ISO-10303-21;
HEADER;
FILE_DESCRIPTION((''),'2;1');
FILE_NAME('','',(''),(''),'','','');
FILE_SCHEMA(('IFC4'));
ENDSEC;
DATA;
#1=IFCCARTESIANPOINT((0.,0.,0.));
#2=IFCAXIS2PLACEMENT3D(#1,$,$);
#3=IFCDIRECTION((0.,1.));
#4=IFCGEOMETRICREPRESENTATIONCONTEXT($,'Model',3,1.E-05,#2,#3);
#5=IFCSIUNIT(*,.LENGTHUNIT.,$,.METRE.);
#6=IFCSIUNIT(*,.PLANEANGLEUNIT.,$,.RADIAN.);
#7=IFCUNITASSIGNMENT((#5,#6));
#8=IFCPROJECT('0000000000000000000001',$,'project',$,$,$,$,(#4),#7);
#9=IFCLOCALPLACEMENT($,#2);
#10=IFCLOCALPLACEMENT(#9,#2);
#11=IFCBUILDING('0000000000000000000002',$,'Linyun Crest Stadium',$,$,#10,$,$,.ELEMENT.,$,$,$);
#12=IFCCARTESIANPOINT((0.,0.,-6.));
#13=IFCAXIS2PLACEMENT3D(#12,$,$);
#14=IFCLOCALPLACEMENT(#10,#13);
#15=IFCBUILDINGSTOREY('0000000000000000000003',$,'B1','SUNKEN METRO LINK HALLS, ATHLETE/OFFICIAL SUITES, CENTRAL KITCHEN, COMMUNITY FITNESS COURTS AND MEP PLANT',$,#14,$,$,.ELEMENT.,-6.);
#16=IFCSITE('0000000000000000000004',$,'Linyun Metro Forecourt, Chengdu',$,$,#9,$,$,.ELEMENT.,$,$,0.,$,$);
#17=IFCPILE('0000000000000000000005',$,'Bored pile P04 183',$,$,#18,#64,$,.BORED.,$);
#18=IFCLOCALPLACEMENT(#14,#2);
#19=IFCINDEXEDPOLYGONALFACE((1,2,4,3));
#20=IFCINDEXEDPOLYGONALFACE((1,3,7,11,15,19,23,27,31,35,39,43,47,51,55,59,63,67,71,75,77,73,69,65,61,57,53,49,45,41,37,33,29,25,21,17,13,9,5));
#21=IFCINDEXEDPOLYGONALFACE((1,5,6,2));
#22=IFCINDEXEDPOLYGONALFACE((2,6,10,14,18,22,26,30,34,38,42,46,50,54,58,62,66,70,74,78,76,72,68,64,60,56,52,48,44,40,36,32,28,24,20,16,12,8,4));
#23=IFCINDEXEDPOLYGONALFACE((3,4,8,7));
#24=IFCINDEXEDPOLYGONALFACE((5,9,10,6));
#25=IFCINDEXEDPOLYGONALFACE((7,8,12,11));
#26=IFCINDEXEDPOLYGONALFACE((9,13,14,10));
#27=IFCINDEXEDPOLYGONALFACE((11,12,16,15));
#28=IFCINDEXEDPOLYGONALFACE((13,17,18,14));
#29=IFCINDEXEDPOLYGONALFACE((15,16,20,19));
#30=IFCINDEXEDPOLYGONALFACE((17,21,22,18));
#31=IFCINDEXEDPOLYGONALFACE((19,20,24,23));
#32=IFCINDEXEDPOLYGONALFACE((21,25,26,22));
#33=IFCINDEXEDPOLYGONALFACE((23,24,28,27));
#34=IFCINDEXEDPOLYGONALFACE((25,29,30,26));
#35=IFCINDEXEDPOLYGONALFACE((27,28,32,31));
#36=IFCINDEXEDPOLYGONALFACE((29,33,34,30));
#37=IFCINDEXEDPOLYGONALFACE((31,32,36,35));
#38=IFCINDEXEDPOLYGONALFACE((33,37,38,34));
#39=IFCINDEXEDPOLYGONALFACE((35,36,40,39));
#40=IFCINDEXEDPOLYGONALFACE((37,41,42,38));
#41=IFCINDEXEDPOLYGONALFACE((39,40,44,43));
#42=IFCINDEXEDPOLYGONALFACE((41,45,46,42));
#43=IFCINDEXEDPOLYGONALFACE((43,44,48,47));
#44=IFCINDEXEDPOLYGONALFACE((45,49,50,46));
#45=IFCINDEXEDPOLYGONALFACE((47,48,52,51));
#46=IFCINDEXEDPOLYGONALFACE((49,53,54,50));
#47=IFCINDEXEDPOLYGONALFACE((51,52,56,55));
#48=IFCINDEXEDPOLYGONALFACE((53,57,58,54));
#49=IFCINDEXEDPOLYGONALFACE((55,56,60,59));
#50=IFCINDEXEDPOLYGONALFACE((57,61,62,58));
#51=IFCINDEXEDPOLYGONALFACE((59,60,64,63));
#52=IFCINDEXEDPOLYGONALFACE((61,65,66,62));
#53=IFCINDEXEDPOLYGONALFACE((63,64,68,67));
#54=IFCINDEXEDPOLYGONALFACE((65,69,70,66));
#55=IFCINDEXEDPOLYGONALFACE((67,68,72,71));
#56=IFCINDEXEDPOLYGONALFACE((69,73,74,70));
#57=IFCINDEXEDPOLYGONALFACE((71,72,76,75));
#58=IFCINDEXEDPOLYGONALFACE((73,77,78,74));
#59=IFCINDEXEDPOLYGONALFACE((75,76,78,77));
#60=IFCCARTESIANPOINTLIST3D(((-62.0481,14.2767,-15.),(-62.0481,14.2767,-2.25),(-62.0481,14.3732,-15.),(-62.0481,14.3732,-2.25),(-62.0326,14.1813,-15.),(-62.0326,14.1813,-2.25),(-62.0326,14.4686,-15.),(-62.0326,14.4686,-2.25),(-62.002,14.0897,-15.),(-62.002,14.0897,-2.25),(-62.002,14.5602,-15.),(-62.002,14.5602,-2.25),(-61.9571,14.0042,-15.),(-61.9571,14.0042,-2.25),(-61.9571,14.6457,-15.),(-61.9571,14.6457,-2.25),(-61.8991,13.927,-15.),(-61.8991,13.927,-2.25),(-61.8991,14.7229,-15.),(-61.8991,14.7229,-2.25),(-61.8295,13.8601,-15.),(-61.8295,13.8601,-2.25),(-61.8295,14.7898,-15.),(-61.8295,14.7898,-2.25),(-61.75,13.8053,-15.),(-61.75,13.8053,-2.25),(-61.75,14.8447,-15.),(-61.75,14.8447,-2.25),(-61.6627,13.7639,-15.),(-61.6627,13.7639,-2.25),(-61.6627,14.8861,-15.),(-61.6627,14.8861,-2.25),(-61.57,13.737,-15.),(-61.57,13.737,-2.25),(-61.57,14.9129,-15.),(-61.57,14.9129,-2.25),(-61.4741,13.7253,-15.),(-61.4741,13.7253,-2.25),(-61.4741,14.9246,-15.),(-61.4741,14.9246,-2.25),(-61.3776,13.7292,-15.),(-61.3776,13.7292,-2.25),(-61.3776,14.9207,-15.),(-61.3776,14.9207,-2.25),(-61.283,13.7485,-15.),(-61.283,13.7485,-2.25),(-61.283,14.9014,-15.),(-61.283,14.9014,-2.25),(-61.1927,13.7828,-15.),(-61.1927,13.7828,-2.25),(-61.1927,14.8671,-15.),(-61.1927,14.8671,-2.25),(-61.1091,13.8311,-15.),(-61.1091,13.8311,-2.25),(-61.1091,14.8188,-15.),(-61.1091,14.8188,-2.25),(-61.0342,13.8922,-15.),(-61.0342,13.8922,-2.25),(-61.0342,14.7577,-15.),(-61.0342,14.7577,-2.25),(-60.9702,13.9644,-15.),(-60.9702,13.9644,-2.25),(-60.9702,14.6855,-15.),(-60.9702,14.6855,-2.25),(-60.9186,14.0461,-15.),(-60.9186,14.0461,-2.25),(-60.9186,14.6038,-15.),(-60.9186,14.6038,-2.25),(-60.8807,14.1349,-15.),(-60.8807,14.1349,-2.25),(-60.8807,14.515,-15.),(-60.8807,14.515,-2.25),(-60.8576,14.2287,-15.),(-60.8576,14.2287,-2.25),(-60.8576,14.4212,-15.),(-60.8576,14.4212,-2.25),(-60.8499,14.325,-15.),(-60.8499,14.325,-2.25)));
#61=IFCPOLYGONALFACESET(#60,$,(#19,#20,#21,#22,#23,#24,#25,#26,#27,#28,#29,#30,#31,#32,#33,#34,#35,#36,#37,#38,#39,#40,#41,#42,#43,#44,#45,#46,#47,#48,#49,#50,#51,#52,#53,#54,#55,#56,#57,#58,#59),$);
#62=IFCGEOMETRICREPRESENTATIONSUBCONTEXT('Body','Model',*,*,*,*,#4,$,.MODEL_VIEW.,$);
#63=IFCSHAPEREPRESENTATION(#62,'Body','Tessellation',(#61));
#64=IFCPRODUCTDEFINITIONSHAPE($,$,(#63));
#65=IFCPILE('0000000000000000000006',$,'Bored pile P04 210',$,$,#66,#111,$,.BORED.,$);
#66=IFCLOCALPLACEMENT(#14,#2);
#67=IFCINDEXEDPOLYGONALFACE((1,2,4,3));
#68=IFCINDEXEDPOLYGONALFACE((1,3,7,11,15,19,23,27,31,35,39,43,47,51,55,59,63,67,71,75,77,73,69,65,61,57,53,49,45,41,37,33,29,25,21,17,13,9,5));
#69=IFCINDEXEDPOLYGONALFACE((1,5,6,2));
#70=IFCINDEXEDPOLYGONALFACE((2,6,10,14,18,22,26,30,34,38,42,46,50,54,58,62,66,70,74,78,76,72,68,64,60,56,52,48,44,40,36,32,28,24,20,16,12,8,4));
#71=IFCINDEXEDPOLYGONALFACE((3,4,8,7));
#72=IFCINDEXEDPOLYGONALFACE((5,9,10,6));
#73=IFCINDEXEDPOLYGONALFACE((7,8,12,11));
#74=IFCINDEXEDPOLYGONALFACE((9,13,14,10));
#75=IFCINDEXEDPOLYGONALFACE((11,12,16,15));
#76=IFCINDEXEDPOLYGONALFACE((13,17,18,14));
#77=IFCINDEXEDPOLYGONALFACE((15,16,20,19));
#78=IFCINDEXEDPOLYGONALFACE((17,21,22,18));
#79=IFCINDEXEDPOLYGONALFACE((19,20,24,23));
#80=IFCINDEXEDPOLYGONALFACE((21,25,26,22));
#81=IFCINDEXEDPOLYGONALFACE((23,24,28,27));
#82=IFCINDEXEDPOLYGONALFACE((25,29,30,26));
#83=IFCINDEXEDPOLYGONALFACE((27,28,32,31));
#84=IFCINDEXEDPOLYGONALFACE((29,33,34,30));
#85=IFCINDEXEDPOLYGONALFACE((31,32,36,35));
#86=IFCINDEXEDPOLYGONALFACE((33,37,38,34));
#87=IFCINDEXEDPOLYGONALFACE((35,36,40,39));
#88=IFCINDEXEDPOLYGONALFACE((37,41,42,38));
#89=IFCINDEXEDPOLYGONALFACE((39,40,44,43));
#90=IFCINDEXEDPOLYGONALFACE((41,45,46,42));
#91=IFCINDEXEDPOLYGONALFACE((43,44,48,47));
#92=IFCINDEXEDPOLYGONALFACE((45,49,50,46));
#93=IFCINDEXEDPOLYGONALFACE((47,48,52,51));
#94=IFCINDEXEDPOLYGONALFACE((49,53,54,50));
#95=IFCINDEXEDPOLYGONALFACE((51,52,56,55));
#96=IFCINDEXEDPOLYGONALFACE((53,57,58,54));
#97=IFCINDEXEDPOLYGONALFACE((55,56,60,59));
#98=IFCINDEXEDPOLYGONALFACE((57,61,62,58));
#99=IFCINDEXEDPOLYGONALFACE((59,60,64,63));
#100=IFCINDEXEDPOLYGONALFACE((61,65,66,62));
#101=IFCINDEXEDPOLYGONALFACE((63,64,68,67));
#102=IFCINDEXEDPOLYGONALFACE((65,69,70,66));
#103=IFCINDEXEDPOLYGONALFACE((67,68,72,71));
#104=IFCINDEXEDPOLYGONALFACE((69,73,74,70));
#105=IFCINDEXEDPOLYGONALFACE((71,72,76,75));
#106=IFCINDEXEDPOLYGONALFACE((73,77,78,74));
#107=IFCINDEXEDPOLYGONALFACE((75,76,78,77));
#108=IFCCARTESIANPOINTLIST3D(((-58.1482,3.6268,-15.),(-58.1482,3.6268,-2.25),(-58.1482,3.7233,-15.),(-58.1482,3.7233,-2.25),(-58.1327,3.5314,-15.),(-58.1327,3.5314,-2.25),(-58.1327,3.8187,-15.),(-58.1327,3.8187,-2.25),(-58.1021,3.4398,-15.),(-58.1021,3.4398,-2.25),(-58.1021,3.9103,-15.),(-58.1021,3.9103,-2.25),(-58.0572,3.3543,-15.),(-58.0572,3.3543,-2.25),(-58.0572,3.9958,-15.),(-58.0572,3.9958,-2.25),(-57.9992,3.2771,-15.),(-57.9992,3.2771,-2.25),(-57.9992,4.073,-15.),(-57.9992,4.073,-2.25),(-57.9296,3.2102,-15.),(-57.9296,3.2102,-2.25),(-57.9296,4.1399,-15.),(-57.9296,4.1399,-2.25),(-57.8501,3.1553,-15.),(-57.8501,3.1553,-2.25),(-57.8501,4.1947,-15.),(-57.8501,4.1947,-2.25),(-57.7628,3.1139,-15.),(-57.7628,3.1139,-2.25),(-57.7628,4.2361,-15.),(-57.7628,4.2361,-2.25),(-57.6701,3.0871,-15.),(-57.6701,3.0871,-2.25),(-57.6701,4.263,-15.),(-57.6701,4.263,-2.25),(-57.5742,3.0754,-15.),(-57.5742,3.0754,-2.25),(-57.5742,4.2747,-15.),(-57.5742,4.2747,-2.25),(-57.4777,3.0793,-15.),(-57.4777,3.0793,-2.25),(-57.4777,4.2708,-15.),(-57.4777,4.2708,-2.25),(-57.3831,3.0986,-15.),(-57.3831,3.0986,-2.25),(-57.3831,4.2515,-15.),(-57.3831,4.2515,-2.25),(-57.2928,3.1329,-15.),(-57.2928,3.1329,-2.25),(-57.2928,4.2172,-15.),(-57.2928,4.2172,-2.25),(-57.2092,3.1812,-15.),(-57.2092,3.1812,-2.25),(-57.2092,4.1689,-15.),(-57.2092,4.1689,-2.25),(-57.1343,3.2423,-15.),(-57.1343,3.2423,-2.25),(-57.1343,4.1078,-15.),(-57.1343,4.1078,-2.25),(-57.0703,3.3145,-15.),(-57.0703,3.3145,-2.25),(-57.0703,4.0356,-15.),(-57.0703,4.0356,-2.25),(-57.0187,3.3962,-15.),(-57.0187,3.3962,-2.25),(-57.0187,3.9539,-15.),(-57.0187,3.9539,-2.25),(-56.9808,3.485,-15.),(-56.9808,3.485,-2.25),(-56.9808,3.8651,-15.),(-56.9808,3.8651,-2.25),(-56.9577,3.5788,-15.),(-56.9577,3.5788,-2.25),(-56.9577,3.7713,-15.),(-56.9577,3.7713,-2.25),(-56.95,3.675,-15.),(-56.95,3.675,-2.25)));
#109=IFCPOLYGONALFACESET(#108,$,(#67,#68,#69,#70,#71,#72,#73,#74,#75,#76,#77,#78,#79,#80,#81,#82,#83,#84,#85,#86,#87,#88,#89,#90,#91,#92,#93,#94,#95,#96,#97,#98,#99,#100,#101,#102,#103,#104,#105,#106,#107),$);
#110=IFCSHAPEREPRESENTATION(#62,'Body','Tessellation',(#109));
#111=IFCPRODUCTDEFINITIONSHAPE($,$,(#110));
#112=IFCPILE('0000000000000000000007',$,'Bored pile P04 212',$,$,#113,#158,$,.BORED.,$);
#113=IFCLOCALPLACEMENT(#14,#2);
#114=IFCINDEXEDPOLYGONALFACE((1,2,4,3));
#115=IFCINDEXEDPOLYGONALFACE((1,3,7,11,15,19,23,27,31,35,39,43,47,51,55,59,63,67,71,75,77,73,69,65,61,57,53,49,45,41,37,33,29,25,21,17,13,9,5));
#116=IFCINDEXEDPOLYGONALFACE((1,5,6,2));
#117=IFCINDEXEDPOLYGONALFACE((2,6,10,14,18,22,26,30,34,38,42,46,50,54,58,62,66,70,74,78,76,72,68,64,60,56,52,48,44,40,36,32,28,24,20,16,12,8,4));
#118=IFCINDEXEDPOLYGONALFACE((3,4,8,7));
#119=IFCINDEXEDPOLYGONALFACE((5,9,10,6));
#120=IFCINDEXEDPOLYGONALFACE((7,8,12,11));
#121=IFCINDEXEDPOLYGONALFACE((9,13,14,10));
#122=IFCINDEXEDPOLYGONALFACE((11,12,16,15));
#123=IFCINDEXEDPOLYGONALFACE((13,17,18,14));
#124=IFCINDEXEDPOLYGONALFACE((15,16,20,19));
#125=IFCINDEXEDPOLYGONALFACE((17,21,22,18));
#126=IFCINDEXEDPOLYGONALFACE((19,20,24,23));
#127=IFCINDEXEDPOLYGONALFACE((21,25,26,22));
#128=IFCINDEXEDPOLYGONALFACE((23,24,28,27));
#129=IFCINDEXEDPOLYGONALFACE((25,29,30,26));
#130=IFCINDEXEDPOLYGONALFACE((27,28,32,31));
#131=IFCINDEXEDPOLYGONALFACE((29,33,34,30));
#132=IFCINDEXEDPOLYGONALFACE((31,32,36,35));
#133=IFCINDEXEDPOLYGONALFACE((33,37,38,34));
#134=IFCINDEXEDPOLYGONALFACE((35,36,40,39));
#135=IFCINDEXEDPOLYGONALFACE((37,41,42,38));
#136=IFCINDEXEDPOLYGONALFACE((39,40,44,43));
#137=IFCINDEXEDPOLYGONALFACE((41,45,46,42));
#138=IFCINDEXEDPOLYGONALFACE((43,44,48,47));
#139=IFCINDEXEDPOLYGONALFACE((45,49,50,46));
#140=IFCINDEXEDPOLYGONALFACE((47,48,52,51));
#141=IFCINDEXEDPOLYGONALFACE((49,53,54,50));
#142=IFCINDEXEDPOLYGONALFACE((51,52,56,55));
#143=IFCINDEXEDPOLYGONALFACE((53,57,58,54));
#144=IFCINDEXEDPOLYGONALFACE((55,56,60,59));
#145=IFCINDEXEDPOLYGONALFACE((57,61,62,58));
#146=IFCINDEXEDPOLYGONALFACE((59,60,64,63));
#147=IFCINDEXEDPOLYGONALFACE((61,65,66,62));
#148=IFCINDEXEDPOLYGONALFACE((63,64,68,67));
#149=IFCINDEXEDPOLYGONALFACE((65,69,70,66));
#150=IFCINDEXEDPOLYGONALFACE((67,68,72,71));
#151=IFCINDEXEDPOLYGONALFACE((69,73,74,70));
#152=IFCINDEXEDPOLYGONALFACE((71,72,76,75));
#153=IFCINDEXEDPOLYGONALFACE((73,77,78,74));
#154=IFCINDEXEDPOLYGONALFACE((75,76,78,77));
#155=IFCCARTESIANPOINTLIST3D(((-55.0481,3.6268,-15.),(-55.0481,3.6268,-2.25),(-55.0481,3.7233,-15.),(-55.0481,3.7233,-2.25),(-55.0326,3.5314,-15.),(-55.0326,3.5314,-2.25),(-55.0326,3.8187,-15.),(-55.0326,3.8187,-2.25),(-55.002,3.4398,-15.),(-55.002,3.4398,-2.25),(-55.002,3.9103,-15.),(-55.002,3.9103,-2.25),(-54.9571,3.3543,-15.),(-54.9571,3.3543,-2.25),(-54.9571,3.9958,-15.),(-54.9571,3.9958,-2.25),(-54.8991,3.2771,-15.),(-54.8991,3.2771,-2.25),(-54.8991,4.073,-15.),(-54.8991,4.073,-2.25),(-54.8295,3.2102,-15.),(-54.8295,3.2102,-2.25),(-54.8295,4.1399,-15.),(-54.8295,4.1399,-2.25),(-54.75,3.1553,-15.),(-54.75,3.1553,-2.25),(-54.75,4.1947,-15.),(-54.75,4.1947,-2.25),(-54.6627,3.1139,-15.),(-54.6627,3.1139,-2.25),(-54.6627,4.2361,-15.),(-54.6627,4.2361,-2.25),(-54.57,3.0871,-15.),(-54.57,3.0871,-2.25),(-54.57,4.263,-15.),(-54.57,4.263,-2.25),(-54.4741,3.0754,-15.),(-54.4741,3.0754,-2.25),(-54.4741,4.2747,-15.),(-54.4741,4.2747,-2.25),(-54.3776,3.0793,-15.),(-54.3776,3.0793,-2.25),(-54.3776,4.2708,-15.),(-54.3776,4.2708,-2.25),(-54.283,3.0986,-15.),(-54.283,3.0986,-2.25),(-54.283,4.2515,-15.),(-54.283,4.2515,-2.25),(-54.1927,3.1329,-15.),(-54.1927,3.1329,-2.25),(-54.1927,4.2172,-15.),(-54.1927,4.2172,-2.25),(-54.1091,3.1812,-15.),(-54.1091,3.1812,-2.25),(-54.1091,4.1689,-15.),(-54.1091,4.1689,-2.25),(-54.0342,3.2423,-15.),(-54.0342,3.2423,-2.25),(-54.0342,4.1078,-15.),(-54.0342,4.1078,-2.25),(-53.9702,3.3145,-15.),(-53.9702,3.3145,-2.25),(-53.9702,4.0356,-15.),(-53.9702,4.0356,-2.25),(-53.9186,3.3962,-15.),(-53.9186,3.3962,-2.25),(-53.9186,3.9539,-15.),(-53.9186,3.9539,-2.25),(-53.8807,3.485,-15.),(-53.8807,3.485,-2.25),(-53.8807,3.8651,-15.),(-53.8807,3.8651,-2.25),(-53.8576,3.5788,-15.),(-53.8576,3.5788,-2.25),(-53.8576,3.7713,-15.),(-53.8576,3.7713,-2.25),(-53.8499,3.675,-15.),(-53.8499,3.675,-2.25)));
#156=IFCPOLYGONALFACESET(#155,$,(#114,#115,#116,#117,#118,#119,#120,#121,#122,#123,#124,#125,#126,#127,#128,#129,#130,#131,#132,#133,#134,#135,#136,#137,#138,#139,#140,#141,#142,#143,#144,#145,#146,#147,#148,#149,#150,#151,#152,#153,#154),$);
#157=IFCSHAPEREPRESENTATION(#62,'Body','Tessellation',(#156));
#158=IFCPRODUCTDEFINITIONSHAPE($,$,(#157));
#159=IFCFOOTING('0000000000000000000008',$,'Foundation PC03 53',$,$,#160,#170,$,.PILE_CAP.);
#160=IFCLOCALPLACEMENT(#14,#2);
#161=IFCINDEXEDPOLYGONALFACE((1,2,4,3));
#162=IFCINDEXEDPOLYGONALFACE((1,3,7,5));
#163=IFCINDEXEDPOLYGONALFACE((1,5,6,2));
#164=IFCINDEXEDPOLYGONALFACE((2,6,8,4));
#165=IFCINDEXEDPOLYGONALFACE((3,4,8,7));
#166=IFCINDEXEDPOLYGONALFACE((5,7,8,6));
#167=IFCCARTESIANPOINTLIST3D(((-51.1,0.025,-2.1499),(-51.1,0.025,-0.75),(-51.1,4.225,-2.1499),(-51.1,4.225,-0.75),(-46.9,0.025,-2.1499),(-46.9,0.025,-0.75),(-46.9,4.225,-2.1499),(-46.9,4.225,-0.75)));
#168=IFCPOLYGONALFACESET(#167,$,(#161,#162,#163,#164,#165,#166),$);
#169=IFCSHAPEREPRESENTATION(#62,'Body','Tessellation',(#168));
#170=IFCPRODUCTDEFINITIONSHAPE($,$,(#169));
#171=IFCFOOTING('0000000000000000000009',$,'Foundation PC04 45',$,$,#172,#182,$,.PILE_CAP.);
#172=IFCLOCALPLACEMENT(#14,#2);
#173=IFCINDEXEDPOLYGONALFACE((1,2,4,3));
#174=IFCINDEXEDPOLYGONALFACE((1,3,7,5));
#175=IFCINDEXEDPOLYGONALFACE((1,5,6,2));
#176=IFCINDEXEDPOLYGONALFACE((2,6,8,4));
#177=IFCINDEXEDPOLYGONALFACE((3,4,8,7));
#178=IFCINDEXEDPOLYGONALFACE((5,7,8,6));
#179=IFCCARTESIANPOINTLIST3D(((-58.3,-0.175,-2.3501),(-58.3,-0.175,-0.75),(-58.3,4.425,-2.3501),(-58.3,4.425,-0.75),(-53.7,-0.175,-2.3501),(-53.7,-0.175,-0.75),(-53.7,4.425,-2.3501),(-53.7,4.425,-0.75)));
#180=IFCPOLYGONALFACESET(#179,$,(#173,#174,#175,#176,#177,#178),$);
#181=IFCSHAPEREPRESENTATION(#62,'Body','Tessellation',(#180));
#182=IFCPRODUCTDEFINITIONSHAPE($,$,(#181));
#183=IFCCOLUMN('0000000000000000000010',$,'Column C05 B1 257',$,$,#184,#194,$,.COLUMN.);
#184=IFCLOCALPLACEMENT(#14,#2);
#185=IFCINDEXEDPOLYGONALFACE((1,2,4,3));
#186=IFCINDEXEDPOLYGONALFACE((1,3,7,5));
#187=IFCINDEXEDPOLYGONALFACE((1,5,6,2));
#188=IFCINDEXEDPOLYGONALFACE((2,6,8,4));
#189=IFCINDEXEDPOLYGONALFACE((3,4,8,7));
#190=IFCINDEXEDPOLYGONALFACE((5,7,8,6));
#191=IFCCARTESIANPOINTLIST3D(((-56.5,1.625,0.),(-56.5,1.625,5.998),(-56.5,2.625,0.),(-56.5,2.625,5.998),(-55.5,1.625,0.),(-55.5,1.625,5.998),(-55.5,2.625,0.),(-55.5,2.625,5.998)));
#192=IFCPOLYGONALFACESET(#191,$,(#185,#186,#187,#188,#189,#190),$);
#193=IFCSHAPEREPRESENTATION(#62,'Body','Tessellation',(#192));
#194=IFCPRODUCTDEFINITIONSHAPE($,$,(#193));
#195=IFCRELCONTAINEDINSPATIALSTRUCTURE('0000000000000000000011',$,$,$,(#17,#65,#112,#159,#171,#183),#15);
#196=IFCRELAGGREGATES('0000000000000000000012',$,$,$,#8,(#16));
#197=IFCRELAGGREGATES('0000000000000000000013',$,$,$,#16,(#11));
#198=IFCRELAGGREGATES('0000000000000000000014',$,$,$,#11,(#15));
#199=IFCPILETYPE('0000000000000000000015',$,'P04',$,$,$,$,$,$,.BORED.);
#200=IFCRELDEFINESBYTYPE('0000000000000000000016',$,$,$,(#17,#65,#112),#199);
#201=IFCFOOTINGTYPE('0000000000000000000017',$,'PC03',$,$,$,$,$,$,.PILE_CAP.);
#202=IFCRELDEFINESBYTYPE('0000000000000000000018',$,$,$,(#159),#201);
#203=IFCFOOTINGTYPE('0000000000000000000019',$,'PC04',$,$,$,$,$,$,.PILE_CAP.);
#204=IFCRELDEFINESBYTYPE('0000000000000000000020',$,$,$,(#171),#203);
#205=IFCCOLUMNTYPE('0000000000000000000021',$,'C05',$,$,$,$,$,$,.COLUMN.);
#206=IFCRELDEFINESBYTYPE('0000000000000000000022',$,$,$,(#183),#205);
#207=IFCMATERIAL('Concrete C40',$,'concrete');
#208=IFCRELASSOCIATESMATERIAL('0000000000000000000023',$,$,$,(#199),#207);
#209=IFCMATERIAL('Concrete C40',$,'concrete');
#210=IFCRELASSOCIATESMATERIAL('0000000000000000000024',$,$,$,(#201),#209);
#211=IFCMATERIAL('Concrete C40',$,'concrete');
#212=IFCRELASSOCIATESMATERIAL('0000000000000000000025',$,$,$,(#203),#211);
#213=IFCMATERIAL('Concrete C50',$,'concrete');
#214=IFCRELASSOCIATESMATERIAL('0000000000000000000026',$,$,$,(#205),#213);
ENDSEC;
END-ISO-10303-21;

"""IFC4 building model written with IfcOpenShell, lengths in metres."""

from ifc_helpers import new_model, si_unit, direction, frame, origin, origin_2d, place, context, subcontext, project, spatial, rectangle, circle, extrude, material, material_profile, profile_set, type_object, element, save


model = new_model("IFC4")

# Units and contexts
model_context = context("Model", 3, precision=1e-05, world=origin(), true_north=direction((0.0, 1.0)))
body_context = subcontext(model_context, "Body", "Model", "MODEL_VIEW")
ifc_project = project(units=[si_unit("LENGTHUNIT", "METRE"), si_unit("PLANEANGLEUNIT", "RADIAN")], contexts=[model_context])

# Site, building, storey
site_placement = place(None, origin())
site = spatial("IfcSite", under=ifc_project, at=site_placement, Name="Linyun Metro Forecourt, Chengdu", CompositionType="ELEMENT", RefElevation=0.0)
building_placement = place(site_placement, origin())
building = spatial("IfcBuilding", under=site, at=building_placement, Name="Linyun Crest Stadium", CompositionType="ELEMENT")
storey_placement = place(building_placement, frame((0.0, 0.0, -6.0)))
storey = spatial("IfcBuildingStorey", under=building, at=storey_placement, Name="B1", Description="SUNKEN METRO LINK HALLS, ATHLETE/OFFICIAL SUITES, CENTRAL KITCHEN, COMMUNITY FITNESS COURTS AND MEP PLANT", CompositionType="ELEMENT", Elevation=-6.0)

# Piles
ifc_material_1 = material(Name="Concrete C40", Category="concrete")
ifc_material_profile_1 = material_profile(ifc_material_1, circle(Radius=0.6001, at=origin_2d()), Name="BORED PILE 1200")
ifc_profile_set_1 = profile_set([ifc_material_profile_1], Name="Concrete C40")
pile_type_1 = type_object("IfcPileType", Name="P04", PredefinedType="BORED", material=ifc_profile_set_1)
for number, where, z_axis, x_axis, name in (
    (1, (-61.45, 14.325, -2.25), (0.0, 0.0, -1.0), (1.0, 0.0, 0.0), "Bored pile P04 183"),
    (2, (-57.55, 3.675, -2.25), (0.0, 0.0, -1.0), (1.0, 0.0, 0.0), "Bored pile P04 210"),
    (3, (-54.45, 3.675, -2.25), (0.0, 0.0, -1.0), (1.0, 0.0, 0.0), "Bored pile P04 212"),
):
    element("IfcPile", number, at=place(storey_placement, frame(where, z_axis=z_axis, x_axis=x_axis)), inside=storey, type_object=pile_type_1, Name=name, PredefinedType="BORED", context=body_context, shape_type="SweptSolid", body=[
        extrude(circle(Radius=0.6001, at=origin_2d()), origin(), (0.0, 0.0, 1.0), 12.75),
    ])

# Footings
ifc_material_2 = material(Name="Concrete C40", Category="concrete")
footing_type_1 = type_object("IfcFootingType", Name="PC03", PredefinedType="PILE_CAP", material=ifc_material_2)
footing_1_placement = place(storey_placement, frame((-49.0, 2.125, -2.1499), z_axis=(0.0, 0.0, 1.0), x_axis=(1.0, 0.0, 0.0)))
element("IfcFooting", 4, at=footing_1_placement, inside=storey, type_object=footing_type_1, Name="Foundation PC03 53", PredefinedType="PILE_CAP", context=body_context, shape_type="SweptSolid", body=[
    extrude(rectangle(XDim=4.2, YDim=4.2, at=origin_2d()), origin(), (0.0, 0.0, 1.0), 1.3999),
])
ifc_material_3 = material(Name="Concrete C40", Category="concrete")
footing_type_2 = type_object("IfcFootingType", Name="PC04", PredefinedType="PILE_CAP", material=ifc_material_3)
footing_2_placement = place(storey_placement, frame((-56.0, 2.125, -2.3501), z_axis=(0.0, 0.0, 1.0), x_axis=(1.0, 0.0, 0.0)))
element("IfcFooting", 5, at=footing_2_placement, inside=storey, type_object=footing_type_2, Name="Foundation PC04 45", PredefinedType="PILE_CAP", context=body_context, shape_type="SweptSolid", body=[
    extrude(rectangle(XDim=4.6001, YDim=4.6001, at=origin_2d()), origin(), (0.0, 0.0, 1.0), 1.6001),
])

# Column
ifc_material_4 = material(Name="Concrete C50", Category="concrete")
ifc_material_profile_2 = material_profile(ifc_material_4, rectangle(XDim=1.0, YDim=1.0, at=origin_2d()), Name="RC 1000x1000")
ifc_profile_set_2 = profile_set([ifc_material_profile_2], Name="Concrete C50")
column_type_1 = type_object("IfcColumnType", Name="C05", PredefinedType="COLUMN", material=ifc_profile_set_2)
column_1_placement = place(storey_placement, frame((-56.0, 2.125, 0.0), z_axis=(0.0, 0.0, 1.0), x_axis=(1.0, 0.0, 0.0)))
element("IfcColumn", 6, at=column_1_placement, inside=storey, type_object=column_type_1, Name="Column C05 B1 257", PredefinedType="COLUMN", context=body_context, shape_type="SweptSolid", body=[
    extrude(rectangle(XDim=1.0, YDim=1.0, at=origin_2d()), origin(), (0.0, 0.0, 1.0), 5.998),
])

save(model, "model.ifc")
